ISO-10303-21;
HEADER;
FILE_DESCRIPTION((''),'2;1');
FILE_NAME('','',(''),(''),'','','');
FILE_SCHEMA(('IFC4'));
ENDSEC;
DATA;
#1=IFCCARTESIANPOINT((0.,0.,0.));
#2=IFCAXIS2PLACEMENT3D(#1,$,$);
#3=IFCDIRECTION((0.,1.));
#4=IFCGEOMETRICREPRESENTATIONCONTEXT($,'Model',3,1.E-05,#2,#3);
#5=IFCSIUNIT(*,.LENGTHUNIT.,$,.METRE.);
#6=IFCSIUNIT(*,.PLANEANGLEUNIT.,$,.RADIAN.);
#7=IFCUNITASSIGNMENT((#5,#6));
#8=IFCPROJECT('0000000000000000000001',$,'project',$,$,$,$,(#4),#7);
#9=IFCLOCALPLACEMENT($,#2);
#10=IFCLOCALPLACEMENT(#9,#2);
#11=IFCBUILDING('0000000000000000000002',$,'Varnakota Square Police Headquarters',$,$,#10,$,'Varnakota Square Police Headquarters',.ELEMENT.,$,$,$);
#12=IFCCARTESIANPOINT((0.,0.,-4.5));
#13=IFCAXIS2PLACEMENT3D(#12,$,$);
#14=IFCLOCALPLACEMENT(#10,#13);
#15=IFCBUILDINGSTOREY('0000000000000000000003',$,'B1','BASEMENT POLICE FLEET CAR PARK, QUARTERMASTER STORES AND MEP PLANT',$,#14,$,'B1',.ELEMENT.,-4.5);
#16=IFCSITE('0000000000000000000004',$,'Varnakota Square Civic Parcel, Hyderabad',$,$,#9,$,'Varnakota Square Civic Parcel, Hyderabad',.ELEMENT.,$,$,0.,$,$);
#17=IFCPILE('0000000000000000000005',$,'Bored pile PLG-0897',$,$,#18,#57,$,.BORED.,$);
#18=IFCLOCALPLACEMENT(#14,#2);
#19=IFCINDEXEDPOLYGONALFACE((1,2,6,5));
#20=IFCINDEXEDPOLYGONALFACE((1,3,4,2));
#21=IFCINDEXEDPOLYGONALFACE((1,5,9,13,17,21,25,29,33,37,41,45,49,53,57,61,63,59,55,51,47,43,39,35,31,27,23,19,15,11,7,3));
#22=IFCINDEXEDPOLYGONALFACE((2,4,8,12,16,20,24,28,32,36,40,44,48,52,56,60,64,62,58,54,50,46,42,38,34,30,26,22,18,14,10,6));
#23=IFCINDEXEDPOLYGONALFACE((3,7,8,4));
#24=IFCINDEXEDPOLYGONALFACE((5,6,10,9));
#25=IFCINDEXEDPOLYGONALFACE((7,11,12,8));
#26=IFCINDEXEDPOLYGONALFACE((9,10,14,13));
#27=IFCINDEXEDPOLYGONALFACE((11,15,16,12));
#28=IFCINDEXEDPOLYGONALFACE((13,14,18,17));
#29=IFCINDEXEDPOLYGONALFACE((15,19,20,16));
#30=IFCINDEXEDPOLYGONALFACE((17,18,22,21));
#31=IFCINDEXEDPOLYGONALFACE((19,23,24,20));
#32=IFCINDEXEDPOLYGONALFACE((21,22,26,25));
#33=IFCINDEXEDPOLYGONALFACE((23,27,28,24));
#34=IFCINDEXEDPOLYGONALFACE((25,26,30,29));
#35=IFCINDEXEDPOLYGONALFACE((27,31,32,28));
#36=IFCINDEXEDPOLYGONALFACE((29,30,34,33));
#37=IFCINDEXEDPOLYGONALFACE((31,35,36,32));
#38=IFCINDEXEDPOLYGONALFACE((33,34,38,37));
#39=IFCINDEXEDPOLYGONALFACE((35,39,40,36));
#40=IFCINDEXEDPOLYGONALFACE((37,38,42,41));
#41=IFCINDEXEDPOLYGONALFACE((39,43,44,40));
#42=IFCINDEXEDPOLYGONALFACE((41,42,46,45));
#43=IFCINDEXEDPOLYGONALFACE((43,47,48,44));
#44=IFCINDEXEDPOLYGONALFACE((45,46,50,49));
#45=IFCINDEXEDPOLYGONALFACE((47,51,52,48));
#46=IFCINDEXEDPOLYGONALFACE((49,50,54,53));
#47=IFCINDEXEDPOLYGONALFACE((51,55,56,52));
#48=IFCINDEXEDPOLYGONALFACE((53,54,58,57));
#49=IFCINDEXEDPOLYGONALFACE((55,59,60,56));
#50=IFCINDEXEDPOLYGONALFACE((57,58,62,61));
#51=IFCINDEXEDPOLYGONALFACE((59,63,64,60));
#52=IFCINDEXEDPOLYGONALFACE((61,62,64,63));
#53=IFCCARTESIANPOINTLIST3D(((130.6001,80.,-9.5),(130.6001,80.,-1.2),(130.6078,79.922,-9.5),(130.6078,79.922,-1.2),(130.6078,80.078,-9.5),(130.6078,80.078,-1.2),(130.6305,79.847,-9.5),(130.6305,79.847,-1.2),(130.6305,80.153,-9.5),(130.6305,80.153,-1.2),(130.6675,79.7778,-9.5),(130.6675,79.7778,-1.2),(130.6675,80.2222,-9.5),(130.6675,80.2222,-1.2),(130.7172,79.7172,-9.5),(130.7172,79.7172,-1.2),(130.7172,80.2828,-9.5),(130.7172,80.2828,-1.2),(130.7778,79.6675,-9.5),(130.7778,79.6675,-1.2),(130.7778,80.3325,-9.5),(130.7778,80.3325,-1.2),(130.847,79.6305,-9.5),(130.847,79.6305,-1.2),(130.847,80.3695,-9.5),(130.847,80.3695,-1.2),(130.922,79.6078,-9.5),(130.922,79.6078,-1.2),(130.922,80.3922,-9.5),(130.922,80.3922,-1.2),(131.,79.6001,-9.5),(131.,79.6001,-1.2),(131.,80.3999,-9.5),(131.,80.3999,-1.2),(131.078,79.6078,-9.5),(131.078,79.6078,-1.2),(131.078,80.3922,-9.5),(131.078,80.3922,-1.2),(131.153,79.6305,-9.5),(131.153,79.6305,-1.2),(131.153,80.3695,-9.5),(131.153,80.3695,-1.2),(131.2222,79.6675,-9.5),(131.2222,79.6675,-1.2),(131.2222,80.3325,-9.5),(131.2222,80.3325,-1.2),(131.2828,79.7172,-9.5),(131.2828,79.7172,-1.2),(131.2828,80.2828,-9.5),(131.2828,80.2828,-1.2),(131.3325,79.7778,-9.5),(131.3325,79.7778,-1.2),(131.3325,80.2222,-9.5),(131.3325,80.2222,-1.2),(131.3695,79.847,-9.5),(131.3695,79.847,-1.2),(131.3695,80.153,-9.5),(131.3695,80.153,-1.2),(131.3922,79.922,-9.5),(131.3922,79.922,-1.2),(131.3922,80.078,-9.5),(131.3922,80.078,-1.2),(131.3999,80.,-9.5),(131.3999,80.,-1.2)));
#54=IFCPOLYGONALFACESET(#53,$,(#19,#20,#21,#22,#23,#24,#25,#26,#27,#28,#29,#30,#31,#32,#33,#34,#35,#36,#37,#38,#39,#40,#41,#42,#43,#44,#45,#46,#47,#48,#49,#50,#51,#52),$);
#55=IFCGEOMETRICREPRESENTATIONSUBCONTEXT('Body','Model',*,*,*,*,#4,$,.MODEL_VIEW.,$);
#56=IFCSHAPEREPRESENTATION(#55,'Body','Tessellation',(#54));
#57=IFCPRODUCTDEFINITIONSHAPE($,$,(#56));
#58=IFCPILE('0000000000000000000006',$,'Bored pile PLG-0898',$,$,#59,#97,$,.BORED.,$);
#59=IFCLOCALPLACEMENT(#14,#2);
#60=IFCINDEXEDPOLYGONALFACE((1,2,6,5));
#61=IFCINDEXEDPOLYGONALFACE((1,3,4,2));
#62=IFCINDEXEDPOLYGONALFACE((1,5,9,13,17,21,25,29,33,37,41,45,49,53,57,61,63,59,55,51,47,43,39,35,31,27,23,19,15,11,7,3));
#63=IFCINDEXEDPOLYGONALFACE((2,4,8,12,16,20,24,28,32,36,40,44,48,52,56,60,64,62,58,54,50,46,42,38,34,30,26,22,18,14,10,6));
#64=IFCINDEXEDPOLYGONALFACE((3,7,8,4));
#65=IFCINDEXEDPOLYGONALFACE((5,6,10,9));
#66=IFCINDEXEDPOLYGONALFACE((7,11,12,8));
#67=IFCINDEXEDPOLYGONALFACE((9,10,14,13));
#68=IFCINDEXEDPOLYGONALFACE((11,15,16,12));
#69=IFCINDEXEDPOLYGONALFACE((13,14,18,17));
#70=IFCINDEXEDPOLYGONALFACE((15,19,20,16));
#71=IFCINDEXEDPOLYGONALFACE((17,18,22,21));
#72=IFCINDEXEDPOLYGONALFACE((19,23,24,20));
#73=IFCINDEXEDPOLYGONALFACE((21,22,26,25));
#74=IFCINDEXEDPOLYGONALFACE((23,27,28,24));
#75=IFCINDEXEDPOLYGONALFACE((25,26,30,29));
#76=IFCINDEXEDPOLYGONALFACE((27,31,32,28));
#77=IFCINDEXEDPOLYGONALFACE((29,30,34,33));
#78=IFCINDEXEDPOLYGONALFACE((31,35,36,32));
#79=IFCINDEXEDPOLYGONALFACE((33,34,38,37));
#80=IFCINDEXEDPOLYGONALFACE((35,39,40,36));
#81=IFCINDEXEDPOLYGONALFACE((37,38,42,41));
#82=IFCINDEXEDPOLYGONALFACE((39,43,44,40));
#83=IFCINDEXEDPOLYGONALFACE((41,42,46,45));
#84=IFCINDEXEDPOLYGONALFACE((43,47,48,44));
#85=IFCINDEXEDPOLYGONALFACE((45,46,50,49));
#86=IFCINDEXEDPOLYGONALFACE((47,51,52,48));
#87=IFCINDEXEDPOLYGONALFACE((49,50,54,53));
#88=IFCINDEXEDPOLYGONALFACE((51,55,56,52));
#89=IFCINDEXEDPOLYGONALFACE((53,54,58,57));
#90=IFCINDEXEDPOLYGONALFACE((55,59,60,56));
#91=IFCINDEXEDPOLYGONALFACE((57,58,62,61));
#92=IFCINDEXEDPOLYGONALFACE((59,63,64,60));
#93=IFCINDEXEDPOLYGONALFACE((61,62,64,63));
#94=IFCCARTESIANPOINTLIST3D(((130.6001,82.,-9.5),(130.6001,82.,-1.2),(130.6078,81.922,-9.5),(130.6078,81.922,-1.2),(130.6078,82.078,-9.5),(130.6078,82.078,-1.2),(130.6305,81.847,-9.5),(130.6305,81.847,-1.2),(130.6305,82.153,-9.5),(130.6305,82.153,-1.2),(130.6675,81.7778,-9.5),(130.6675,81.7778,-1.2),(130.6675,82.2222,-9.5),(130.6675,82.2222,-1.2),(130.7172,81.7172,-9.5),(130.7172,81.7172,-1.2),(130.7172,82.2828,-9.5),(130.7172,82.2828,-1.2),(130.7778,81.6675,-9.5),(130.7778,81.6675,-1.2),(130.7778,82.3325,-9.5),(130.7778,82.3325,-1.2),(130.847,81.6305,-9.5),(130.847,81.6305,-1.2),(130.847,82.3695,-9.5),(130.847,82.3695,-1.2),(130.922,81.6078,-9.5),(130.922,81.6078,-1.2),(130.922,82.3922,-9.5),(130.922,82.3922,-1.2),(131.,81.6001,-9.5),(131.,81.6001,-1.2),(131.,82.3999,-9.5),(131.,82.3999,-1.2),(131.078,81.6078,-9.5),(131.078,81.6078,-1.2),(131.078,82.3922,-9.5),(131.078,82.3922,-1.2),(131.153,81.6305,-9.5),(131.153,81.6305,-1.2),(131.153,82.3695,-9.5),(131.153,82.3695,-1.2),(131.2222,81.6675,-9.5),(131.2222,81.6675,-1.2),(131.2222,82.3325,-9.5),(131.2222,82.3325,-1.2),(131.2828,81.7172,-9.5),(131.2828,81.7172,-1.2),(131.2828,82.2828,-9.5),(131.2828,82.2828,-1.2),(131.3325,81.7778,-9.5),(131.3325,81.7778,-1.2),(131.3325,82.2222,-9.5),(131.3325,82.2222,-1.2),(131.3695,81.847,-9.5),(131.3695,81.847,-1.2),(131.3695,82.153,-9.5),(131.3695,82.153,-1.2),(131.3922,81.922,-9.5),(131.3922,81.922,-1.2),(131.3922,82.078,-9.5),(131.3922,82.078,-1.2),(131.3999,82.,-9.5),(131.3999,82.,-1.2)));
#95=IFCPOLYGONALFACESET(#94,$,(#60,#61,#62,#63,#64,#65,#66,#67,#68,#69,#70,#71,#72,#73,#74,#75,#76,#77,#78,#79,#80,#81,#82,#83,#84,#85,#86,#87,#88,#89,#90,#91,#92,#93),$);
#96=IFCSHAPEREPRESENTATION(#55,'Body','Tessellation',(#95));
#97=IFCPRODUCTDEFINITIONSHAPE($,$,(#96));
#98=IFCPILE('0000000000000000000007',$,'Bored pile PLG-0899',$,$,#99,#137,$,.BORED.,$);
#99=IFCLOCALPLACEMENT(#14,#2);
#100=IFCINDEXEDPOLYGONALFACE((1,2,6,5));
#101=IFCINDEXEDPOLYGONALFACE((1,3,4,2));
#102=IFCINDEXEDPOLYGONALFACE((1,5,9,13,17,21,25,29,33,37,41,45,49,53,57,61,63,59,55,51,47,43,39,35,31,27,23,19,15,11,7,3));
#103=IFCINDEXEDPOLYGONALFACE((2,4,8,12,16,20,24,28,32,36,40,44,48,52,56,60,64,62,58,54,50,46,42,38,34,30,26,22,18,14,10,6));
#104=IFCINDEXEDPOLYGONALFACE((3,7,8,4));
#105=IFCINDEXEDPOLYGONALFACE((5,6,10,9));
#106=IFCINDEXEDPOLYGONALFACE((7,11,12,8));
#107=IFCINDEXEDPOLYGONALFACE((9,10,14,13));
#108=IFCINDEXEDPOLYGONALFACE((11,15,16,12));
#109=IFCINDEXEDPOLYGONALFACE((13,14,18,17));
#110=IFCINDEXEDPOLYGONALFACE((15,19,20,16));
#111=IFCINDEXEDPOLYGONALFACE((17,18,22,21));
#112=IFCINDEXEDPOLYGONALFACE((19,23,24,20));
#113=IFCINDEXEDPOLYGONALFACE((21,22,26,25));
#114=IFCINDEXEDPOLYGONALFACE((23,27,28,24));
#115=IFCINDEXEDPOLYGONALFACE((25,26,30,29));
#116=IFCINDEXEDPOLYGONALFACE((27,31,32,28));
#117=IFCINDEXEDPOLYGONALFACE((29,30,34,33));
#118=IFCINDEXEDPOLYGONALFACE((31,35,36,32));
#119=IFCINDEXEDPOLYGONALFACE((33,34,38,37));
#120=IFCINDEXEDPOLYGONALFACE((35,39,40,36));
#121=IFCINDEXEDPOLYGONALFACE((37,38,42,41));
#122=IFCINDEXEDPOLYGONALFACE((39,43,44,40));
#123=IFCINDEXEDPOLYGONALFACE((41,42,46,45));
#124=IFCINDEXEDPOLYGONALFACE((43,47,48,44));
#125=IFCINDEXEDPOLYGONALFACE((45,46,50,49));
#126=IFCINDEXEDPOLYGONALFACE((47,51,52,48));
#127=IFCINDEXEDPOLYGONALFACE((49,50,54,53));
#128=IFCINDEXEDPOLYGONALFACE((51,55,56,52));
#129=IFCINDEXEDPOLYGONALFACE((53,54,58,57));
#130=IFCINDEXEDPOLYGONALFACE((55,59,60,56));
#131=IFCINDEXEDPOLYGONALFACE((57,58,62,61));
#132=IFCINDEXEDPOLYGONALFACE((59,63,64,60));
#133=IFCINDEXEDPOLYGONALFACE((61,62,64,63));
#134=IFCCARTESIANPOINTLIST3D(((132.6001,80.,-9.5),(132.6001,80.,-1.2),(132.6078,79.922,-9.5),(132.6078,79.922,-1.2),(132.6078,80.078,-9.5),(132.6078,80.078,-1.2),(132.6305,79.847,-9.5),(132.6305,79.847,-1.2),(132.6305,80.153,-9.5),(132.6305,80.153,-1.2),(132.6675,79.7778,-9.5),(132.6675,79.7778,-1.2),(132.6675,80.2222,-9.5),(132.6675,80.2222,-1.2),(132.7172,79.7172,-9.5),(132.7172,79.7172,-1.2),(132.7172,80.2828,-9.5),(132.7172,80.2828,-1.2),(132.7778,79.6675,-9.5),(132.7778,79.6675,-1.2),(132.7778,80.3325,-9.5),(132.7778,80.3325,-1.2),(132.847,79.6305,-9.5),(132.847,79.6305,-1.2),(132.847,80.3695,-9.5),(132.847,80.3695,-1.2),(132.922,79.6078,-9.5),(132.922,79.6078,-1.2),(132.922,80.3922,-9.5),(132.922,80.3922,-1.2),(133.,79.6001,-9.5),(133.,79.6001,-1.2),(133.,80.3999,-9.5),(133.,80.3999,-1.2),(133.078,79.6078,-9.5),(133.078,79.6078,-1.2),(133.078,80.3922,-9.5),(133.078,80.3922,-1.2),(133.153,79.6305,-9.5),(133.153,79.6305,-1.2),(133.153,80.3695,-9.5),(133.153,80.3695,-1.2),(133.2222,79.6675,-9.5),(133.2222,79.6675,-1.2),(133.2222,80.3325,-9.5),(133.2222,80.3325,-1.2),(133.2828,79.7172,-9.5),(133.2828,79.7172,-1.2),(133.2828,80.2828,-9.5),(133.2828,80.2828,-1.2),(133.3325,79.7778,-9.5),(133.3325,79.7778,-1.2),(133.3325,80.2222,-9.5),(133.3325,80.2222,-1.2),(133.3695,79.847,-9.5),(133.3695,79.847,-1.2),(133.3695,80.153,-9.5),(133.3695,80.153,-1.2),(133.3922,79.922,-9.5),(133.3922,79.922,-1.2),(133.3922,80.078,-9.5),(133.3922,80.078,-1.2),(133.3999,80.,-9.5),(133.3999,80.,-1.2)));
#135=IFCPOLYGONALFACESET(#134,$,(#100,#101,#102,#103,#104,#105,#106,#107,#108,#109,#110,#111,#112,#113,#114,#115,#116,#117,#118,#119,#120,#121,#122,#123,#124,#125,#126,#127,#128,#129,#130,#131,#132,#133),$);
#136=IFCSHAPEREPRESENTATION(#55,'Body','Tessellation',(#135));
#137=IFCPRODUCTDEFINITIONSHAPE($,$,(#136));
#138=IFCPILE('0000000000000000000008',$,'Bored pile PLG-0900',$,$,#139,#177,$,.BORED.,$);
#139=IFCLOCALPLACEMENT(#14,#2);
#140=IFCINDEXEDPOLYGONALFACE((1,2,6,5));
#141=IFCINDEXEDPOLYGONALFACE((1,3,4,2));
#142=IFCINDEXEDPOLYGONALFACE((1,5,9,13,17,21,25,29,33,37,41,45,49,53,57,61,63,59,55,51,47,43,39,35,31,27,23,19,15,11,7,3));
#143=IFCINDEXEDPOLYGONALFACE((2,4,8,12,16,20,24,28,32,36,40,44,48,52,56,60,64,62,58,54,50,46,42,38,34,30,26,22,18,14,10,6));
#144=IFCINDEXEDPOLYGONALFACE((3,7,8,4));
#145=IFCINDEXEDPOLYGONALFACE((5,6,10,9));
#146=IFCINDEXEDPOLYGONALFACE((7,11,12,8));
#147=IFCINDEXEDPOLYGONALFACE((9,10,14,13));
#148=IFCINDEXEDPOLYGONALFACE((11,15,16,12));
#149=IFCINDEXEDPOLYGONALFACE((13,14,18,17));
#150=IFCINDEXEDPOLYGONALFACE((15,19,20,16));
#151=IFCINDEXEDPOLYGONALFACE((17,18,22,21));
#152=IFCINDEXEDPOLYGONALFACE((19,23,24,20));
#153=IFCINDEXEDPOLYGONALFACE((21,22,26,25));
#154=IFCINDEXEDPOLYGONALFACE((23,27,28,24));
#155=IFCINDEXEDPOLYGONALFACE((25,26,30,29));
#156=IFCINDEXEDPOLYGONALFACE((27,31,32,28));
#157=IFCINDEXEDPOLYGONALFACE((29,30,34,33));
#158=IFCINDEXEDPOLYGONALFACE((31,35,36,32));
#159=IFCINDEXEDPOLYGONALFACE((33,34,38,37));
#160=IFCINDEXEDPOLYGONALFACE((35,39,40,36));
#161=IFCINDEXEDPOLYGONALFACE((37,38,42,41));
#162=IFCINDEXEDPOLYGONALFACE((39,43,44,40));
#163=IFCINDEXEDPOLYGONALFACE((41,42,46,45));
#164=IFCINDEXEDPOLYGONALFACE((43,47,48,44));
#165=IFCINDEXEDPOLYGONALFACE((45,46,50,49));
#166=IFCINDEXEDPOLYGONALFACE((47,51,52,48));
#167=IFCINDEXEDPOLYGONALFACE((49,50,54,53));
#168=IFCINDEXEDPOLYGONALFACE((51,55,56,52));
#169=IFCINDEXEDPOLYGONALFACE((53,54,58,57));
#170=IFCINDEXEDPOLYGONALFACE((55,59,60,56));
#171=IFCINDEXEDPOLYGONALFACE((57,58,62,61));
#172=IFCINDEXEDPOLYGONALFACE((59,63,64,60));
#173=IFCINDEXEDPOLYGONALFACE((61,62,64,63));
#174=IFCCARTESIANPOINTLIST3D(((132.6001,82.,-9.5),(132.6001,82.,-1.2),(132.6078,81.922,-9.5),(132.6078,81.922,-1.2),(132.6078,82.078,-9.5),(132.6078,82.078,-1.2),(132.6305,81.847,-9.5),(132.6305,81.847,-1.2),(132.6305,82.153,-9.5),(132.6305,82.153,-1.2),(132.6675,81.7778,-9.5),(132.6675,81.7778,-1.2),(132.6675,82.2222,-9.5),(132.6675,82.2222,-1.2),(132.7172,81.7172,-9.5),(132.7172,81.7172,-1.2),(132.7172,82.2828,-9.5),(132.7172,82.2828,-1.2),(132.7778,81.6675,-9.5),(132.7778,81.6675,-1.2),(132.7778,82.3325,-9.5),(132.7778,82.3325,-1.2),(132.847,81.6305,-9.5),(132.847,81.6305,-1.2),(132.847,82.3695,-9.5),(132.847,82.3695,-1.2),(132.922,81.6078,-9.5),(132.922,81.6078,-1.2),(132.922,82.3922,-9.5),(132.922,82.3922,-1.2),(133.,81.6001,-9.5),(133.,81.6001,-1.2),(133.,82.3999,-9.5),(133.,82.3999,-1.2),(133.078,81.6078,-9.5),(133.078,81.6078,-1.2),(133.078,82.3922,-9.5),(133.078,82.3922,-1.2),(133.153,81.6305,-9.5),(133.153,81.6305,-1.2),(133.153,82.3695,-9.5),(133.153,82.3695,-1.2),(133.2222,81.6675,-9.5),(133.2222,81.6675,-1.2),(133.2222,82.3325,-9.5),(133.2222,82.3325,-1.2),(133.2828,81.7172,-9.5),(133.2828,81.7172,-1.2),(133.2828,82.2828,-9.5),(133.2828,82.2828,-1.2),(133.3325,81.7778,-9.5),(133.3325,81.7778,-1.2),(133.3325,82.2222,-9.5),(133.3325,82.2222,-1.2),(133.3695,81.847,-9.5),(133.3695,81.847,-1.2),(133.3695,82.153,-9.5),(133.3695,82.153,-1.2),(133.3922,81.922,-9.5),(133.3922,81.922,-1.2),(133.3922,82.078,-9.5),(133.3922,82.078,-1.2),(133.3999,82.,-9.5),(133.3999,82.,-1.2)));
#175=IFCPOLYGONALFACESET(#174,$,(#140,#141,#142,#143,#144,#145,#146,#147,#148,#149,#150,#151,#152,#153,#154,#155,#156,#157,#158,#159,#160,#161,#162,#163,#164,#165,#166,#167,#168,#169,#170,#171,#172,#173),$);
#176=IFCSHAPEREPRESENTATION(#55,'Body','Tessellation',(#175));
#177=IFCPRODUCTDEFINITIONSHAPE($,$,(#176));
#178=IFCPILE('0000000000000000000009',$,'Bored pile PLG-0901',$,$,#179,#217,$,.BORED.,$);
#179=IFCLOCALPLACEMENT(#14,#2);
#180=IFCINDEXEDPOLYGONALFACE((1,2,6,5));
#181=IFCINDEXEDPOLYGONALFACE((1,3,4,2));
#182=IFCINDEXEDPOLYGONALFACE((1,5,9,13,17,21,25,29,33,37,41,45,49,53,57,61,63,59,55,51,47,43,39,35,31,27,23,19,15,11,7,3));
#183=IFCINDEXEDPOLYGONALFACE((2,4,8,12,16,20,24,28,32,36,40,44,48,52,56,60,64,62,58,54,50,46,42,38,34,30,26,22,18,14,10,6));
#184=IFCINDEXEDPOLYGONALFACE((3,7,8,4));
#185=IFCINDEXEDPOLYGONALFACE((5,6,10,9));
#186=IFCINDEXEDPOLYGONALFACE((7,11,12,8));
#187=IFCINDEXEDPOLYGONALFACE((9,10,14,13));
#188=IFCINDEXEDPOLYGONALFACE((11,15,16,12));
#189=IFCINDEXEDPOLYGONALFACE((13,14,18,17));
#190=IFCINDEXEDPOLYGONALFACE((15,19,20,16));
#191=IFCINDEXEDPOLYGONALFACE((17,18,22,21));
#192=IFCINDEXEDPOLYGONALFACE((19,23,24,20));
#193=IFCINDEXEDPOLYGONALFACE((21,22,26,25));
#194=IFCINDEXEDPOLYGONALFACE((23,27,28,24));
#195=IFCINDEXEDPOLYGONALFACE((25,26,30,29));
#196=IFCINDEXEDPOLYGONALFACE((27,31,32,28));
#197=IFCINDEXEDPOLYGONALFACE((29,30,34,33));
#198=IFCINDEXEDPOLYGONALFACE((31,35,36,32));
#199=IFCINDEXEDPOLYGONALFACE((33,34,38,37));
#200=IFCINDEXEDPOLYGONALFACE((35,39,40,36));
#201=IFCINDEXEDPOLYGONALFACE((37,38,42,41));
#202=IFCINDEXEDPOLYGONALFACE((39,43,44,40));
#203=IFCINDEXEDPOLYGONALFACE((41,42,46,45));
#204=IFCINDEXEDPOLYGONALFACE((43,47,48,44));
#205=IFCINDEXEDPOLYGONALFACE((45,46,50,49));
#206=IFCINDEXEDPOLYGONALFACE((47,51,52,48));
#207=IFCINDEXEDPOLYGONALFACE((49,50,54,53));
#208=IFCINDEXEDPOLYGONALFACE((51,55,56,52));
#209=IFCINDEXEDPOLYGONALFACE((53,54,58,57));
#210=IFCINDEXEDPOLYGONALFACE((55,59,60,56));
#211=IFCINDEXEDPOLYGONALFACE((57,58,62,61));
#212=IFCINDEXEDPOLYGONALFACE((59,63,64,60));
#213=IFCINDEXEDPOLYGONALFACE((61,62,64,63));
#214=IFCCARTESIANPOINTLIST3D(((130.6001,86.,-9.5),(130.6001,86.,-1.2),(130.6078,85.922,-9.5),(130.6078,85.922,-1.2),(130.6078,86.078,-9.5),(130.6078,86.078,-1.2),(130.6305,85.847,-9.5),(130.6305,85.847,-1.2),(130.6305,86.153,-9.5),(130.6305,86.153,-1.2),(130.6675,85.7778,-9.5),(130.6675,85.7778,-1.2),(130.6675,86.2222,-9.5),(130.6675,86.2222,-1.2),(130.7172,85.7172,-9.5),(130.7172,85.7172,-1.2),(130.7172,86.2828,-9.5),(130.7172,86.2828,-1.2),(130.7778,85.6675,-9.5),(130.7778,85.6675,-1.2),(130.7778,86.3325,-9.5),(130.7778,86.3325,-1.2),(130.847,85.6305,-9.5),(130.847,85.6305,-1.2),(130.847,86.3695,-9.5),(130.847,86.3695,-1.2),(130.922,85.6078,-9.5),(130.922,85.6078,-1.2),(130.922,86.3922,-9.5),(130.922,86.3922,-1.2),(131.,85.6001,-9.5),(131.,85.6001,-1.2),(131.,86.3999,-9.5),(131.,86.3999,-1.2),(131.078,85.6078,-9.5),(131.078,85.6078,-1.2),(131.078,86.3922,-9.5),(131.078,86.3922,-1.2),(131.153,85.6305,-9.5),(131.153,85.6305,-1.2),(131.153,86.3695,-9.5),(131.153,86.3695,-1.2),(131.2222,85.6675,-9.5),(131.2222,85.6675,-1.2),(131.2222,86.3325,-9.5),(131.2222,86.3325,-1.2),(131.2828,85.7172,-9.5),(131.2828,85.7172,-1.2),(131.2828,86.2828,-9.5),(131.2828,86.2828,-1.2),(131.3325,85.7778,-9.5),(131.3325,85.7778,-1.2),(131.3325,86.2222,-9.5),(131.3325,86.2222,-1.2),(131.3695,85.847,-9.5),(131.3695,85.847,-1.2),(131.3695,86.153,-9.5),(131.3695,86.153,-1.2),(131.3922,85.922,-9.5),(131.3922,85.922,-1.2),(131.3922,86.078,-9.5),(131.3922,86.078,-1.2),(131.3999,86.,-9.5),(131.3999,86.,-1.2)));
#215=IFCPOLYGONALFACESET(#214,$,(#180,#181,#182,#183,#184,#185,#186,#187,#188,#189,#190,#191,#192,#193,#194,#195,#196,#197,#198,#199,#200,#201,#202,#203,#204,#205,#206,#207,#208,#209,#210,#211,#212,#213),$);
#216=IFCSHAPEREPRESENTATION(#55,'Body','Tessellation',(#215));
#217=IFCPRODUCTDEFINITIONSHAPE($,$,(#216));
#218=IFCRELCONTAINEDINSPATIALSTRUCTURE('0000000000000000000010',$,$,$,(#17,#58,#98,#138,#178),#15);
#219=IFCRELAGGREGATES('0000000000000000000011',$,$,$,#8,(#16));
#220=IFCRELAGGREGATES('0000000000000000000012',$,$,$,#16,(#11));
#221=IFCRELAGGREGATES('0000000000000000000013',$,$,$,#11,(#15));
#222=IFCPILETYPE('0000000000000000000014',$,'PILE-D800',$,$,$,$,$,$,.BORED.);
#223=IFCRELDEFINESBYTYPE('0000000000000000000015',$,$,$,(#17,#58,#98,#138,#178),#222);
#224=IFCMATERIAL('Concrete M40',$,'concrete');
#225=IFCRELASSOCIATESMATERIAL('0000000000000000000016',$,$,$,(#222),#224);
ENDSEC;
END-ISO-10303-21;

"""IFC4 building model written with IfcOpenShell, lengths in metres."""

from ifc_helpers import new_model, si_unit, direction, frame, origin, origin_2d, place, context, subcontext, project, spatial, circle, extrude, material, material_profile, profile_set, type_object, element, save


model = new_model("IFC4")

# Units and contexts
model_context = context("Model", 3, precision=1e-05, world=origin(), true_north=direction((0.0, 1.0)))
body_context = subcontext(model_context, "Body", "Model", "MODEL_VIEW")
ifc_project = project(units=[si_unit("LENGTHUNIT", "METRE"), si_unit("PLANEANGLEUNIT", "RADIAN")], contexts=[model_context])

# Site, building, storey
site_placement = place(None, origin())
site = spatial("IfcSite", under=ifc_project, at=site_placement, Name="Varnakota Square Civic Parcel, Hyderabad", LongName="Varnakota Square Civic Parcel, Hyderabad", CompositionType="ELEMENT", RefElevation=0.0)
building_placement = place(site_placement, origin())
building = spatial("IfcBuilding", under=site, at=building_placement, Name="Varnakota Square Police Headquarters", LongName="Varnakota Square Police Headquarters", CompositionType="ELEMENT")
storey_placement = place(building_placement, frame((0.0, 0.0, -4.5)))
storey = spatial("IfcBuildingStorey", under=building, at=storey_placement, Name="B1", Description="BASEMENT POLICE FLEET CAR PARK, QUARTERMASTER STORES AND MEP PLANT", LongName="B1", CompositionType="ELEMENT", Elevation=-4.5)

# Shared definitions
ifc_material_1 = material(Name="Concrete M40", Category="concrete")

# Piles
ifc_material_profile_1 = material_profile(ifc_material_1, circle(Radius=0.3999, at=origin_2d()), Name="BORED PILE 800")
ifc_profile_set_1 = profile_set([ifc_material_profile_1], Name="Concrete M40")
pile_type = type_object("IfcPileType", Name="PILE-D800", PredefinedType="BORED", material=ifc_profile_set_1)
for number, where, z_axis, x_axis, name in (
    (1, (131.0, 80.0, -1.2), (0.0, 0.0, -1.0), (1.0, 0.0, 0.0), "Bored pile PLG-0897"),
    (2, (131.0, 82.0, -1.2), (0.0, 0.0, -1.0), (1.0, 0.0, 0.0), "Bored pile PLG-0898"),
    (3, (133.0, 80.0, -1.2), (0.0, 0.0, -1.0), (1.0, 0.0, 0.0), "Bored pile PLG-0899"),
    (4, (133.0, 82.0, -1.2), (0.0, 0.0, -1.0), (1.0, 0.0, 0.0), "Bored pile PLG-0900"),
    (5, (131.0, 86.0, -1.2), (0.0, 0.0, -1.0), (1.0, 0.0, 0.0), "Bored pile PLG-0901"),
):
    element("IfcPile", number, at=place(storey_placement, frame(where, z_axis=z_axis, x_axis=x_axis)), inside=storey, type_object=pile_type, Name=name, PredefinedType="BORED", context=body_context, shape_type="SweptSolid", body=[
        extrude(circle(Radius=0.3999, at=origin_2d()), origin(), (0.0, 0.0, 1.0), 8.3),
    ])

save(model, "model.ifc")
